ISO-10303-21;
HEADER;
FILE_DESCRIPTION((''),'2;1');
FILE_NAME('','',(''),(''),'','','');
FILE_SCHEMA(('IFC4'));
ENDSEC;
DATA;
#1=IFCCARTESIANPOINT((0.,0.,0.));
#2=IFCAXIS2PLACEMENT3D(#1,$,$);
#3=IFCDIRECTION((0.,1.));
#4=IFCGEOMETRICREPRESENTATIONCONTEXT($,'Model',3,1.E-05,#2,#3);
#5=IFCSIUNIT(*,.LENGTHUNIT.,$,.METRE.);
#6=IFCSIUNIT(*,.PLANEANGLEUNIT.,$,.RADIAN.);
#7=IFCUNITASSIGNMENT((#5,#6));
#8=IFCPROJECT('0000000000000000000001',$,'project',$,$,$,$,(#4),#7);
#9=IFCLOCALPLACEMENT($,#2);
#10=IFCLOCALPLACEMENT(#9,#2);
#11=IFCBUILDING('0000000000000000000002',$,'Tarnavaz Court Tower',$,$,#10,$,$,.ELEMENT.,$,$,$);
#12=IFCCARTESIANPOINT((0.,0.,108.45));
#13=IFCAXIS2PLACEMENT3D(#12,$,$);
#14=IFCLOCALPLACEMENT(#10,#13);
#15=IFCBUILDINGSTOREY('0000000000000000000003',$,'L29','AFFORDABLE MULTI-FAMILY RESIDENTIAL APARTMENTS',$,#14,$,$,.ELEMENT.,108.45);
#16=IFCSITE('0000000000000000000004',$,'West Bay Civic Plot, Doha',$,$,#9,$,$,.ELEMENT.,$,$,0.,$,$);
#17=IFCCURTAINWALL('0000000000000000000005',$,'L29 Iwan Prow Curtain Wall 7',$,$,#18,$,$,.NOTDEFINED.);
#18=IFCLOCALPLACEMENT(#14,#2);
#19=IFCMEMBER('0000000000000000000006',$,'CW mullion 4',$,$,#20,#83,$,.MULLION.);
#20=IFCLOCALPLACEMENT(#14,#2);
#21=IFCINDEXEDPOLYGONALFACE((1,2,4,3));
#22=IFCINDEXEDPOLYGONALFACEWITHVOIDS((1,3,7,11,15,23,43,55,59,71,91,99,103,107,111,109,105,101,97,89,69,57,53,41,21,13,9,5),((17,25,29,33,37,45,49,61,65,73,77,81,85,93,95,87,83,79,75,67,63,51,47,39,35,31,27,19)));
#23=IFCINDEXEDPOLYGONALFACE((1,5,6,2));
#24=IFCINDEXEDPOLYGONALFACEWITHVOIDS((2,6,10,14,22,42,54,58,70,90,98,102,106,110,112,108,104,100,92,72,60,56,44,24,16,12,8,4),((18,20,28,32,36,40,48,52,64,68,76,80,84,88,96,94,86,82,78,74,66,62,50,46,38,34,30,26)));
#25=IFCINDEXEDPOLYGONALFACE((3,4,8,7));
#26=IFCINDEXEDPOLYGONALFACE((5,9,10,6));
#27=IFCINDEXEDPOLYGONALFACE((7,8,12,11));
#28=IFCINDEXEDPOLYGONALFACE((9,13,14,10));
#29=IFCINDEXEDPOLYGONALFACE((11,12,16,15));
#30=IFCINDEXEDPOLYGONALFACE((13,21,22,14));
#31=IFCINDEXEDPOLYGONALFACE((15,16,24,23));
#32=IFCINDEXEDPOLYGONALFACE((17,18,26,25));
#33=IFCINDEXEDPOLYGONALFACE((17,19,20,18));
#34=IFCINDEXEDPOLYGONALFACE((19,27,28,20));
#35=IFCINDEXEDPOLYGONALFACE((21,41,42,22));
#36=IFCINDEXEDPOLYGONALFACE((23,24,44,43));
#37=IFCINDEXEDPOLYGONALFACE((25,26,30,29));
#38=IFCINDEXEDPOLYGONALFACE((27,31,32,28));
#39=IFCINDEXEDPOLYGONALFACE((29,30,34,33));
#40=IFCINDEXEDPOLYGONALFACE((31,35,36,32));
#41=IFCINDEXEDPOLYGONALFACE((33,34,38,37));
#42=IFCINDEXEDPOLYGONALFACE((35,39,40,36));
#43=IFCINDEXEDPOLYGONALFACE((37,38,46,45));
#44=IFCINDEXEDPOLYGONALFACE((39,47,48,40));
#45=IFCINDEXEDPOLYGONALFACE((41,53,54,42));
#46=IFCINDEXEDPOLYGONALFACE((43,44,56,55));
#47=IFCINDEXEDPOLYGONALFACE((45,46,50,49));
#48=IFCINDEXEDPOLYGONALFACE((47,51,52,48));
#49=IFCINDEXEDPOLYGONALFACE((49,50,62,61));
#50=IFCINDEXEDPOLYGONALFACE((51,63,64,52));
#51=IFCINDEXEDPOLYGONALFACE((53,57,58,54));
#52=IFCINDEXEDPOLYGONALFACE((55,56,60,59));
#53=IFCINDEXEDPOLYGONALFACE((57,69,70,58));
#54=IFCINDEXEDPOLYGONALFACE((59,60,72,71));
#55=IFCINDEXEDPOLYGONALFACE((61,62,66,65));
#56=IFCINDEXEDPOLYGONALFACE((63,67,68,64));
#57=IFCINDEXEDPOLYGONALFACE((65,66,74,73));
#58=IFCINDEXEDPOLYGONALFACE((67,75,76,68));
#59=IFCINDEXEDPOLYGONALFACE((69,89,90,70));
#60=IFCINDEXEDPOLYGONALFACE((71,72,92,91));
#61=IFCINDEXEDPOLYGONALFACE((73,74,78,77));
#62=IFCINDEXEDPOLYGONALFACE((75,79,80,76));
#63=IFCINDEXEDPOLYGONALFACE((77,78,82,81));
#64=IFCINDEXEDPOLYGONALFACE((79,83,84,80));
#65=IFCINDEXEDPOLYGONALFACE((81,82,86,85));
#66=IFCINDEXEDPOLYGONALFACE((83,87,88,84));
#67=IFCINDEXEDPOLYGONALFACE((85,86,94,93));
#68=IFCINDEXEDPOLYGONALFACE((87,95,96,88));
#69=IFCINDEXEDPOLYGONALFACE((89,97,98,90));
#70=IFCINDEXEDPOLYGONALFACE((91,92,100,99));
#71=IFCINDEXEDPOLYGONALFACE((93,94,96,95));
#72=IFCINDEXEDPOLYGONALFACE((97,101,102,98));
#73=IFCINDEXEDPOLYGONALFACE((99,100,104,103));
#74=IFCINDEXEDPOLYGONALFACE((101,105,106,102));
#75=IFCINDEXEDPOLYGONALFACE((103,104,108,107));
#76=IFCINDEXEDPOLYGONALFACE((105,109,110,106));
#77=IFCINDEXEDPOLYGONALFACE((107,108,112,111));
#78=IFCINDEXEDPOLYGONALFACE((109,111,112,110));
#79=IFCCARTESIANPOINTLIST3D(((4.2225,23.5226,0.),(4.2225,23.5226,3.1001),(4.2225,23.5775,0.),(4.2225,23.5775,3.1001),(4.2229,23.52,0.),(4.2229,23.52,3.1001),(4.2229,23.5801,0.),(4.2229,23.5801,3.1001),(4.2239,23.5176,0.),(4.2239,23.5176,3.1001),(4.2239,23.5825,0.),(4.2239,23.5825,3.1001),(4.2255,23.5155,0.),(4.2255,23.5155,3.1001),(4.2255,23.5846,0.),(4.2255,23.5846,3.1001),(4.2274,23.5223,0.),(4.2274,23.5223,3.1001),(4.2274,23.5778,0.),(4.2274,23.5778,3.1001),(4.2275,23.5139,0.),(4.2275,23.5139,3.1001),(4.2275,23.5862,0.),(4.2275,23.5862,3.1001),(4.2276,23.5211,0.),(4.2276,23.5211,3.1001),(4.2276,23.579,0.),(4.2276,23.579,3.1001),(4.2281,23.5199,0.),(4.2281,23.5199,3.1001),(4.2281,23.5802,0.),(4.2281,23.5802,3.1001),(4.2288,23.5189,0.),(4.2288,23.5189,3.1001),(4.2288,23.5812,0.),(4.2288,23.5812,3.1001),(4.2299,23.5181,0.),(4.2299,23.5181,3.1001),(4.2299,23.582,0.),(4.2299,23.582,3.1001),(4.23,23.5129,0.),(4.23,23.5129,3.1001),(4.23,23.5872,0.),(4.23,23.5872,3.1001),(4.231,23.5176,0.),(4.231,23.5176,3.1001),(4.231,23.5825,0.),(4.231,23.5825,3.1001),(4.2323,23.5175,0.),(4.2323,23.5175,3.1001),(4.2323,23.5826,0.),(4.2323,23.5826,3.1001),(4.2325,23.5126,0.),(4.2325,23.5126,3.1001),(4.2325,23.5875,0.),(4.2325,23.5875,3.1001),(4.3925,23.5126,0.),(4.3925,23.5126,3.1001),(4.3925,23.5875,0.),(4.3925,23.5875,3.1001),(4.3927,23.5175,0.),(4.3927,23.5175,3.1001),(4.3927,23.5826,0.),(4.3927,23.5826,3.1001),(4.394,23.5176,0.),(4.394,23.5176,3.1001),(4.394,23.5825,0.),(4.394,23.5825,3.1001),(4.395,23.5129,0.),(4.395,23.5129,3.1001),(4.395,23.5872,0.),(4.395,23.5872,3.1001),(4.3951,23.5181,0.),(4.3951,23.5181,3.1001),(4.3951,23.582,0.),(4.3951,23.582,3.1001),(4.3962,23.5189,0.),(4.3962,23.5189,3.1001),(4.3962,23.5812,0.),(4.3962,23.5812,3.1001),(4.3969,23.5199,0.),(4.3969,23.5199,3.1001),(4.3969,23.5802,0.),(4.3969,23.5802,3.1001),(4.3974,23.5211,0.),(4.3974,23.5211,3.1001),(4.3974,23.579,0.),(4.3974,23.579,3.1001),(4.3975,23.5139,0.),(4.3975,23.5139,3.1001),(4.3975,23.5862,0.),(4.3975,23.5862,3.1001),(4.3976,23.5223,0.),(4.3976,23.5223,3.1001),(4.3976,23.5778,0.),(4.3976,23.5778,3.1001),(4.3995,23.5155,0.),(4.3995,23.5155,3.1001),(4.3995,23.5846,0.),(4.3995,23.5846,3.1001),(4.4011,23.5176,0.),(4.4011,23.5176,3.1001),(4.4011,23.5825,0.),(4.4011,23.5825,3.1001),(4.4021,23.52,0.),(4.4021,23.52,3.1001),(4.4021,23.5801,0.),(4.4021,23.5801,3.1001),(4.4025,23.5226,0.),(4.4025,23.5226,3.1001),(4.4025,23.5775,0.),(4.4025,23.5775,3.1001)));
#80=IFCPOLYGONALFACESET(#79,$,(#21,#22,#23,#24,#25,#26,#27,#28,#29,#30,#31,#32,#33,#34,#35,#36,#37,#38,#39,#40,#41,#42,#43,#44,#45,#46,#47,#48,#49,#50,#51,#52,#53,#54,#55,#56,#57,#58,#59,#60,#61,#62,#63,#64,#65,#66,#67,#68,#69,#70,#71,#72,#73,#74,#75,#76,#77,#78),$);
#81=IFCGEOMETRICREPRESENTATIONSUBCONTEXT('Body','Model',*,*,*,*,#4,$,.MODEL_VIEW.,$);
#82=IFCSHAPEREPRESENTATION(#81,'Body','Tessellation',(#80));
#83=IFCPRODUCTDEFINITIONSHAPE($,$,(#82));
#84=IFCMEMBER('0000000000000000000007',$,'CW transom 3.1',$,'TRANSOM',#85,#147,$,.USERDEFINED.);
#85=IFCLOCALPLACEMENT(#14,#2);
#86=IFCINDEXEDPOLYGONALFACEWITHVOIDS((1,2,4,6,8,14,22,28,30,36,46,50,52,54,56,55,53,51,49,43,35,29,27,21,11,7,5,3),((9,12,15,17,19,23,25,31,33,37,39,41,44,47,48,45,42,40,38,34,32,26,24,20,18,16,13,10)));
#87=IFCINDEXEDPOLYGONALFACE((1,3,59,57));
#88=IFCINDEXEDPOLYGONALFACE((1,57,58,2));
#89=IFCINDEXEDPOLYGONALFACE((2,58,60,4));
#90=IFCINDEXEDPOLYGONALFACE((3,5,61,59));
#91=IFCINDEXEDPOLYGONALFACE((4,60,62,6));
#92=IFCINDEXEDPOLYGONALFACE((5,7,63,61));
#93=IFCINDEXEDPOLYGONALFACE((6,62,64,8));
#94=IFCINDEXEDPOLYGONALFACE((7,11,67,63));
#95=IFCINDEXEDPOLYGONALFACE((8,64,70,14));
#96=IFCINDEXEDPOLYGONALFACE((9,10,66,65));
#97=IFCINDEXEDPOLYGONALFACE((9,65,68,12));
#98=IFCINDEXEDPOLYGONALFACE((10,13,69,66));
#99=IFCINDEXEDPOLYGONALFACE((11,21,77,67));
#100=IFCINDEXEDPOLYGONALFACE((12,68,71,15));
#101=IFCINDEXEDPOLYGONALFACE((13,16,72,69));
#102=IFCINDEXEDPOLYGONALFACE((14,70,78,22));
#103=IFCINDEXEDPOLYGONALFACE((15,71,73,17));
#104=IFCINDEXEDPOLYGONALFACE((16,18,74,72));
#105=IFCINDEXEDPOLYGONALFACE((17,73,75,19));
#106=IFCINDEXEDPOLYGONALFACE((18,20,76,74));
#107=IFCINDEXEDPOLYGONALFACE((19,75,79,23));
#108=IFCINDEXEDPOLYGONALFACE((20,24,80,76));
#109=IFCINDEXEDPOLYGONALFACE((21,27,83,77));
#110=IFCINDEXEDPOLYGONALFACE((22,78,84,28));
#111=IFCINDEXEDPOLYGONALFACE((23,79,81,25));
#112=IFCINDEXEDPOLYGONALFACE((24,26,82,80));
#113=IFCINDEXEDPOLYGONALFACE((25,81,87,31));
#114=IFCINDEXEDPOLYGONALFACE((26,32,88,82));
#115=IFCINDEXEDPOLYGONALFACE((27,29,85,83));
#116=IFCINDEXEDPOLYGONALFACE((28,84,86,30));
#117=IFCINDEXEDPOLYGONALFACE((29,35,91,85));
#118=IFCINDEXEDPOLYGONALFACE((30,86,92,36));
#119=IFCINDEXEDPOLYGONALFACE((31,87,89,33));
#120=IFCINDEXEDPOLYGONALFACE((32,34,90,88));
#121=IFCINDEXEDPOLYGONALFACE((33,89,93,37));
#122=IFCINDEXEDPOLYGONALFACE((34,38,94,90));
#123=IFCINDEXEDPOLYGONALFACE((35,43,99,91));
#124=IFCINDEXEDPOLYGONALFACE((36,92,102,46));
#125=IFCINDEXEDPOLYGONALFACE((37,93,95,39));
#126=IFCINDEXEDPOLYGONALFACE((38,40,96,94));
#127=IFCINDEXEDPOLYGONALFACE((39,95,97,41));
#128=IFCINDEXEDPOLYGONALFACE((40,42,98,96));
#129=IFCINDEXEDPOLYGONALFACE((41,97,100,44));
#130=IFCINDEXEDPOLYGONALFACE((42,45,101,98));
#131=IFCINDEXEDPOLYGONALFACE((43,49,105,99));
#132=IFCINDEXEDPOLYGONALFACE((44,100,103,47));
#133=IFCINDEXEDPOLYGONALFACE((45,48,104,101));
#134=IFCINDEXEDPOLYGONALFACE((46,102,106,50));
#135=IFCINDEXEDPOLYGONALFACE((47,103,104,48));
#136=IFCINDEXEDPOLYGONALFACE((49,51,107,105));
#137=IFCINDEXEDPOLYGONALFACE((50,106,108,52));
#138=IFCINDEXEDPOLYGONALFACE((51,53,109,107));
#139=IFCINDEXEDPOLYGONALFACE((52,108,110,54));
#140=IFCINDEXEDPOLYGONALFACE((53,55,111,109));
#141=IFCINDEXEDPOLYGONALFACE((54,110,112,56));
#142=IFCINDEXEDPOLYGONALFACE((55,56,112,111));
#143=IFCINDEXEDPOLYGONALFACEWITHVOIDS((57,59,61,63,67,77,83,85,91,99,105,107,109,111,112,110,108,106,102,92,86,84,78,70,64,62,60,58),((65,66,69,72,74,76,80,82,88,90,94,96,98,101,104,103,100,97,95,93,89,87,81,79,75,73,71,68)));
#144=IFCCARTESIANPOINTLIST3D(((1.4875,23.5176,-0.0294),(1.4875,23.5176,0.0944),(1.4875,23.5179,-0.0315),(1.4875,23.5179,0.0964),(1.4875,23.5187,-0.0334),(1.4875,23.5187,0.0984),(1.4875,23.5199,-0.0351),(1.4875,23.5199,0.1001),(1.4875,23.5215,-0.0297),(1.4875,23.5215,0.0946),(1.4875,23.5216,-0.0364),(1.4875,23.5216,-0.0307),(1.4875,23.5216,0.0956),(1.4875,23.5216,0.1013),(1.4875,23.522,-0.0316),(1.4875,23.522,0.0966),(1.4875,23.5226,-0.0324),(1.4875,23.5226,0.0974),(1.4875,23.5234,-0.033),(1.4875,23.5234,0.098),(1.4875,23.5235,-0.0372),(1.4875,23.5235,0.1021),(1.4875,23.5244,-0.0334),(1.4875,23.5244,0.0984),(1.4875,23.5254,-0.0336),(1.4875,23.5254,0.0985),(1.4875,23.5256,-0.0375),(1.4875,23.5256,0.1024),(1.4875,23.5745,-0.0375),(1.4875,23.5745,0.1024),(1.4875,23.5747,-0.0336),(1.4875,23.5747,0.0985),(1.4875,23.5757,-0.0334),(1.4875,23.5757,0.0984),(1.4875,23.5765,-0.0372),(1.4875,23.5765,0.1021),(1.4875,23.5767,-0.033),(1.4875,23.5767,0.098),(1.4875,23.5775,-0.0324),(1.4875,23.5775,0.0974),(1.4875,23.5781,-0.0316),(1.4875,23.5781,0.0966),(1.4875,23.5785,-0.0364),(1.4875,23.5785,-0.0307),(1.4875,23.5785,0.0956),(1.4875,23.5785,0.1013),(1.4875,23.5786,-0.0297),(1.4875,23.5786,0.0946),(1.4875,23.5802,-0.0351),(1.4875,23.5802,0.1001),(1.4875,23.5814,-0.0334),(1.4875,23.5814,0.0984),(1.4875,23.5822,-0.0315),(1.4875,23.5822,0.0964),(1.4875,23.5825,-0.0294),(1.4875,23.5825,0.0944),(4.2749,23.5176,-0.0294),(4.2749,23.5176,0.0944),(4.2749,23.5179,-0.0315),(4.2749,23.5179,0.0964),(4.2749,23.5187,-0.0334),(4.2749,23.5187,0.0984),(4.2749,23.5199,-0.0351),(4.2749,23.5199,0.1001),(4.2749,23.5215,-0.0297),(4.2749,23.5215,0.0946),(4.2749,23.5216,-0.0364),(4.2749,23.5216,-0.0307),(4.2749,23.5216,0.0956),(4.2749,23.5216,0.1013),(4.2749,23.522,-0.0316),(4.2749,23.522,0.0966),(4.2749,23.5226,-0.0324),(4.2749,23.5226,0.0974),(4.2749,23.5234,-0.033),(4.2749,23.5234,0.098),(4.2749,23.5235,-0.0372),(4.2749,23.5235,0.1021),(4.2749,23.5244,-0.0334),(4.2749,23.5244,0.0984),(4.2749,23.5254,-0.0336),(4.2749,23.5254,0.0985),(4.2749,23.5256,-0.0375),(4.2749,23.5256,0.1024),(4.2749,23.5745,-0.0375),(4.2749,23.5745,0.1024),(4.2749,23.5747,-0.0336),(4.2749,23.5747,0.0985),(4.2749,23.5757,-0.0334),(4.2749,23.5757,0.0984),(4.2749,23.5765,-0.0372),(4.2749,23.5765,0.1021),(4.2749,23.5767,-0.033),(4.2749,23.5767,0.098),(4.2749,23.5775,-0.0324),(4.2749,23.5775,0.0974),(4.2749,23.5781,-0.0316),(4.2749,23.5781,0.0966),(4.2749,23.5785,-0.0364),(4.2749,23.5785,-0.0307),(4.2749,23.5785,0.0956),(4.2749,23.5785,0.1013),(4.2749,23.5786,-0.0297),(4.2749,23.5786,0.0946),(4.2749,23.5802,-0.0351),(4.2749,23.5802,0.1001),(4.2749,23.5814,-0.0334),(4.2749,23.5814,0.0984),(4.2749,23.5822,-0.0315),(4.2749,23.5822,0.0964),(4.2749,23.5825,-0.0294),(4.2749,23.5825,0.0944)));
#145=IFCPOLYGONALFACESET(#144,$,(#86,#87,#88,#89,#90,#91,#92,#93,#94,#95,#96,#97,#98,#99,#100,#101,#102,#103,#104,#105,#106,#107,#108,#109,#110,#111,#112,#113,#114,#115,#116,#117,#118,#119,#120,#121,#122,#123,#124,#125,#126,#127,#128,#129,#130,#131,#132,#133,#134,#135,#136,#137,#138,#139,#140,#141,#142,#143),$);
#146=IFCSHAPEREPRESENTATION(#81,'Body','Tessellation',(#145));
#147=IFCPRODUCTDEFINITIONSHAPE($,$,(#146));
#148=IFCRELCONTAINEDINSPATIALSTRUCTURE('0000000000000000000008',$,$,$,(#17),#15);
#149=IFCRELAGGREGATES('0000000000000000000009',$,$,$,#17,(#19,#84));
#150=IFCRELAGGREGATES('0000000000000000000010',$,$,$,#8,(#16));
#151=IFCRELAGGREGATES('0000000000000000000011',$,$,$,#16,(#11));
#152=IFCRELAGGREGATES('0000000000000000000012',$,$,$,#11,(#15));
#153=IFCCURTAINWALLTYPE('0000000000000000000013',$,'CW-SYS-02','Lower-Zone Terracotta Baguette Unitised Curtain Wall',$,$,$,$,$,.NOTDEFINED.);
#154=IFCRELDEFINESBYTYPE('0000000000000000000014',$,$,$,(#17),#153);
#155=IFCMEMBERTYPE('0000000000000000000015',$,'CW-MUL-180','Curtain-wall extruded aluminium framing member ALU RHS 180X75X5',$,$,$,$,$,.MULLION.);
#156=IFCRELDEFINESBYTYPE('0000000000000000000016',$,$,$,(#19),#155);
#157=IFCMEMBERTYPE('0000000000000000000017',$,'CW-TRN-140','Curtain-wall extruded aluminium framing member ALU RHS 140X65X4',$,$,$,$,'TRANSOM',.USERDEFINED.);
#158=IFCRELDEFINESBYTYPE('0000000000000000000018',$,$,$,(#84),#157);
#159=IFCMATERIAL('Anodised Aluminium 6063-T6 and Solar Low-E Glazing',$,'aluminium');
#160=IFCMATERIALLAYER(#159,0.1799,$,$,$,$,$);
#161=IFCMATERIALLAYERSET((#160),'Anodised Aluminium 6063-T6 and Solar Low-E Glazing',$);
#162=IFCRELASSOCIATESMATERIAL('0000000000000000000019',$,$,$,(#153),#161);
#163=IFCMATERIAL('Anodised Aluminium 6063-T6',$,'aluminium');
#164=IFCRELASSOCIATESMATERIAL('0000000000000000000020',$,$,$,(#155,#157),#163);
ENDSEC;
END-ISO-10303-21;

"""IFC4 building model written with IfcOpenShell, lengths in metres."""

from ifc_helpers import new_model, si_unit, direction, frame, origin, origin_2d, place, context, subcontext, project, spatial, hollow_rectangle, extrude, material, layer, layer_set, material_profile, profile_set, type_object, element, aggregate, save


model = new_model("IFC4")

# Units and contexts
model_context = context("Model", 3, precision=1e-05, world=origin(), true_north=direction((0.0, 1.0)))
body_context = subcontext(model_context, "Body", "Model", "MODEL_VIEW")
ifc_project = project(units=[si_unit("LENGTHUNIT", "METRE"), si_unit("PLANEANGLEUNIT", "RADIAN")], contexts=[model_context])

# Site, building, storey
site_placement = place(None, origin())
site = spatial("IfcSite", under=ifc_project, at=site_placement, Name="West Bay Civic Plot, Doha", CompositionType="ELEMENT", RefElevation=0.0)
building_placement = place(site_placement, origin())
building = spatial("IfcBuilding", under=site, at=building_placement, Name="Tarnavaz Court Tower", CompositionType="ELEMENT")
storey_placement = place(building_placement, frame((0.0, 0.0, 108.45)))
storey = spatial("IfcBuildingStorey", under=building, at=storey_placement, Name="L29", Description="AFFORDABLE MULTI-FAMILY RESIDENTIAL APARTMENTS", CompositionType="ELEMENT", Elevation=108.45)

# Curtain wall, members
ifc_material_1 = material(Name="Anodised Aluminium 6063-T6 and Solar Low-E Glazing", Category="aluminium")
ifc_layer_1 = layer(ifc_material_1, 0.1799)
ifc_layer_set_1 = layer_set([ifc_layer_1], Name="Anodised Aluminium 6063-T6 and Solar Low-E Glazing")
curtain_wall_type = type_object("IfcCurtainWallType", Name="CW-SYS-02", Description="Lower-Zone Terracotta Baguette Unitised Curtain Wall", PredefinedType="NOTDEFINED", material=ifc_layer_set_1)
curtain_wall_placement = place(storey_placement, origin())
curtain_wall = element("IfcCurtainWall", 1, at=curtain_wall_placement, inside=storey, type_object=curtain_wall_type, Name="L29 Iwan Prow Curtain Wall 7", PredefinedType="NOTDEFINED")
ifc_material_2 = material(Name="Anodised Aluminium 6063-T6", Category="aluminium")
ifc_material_profile_1 = material_profile(ifc_material_2, hollow_rectangle(XDim=0.075, YDim=0.1799, WallThickness=0.0049, InnerFilletRadius=0.0049, OuterFilletRadius=0.01, at=origin_2d()), Name="ALU RHS 180X75X5")
ifc_profile_set_1 = profile_set([ifc_material_profile_1], Name="Anodised Aluminium 6063-T6")
member_type_1 = type_object("IfcMemberType", Name="CW-MUL-180", Description="Curtain-wall extruded aluminium framing member ALU RHS 180X75X5", PredefinedType="MULLION", material=ifc_profile_set_1)
member_1_placement = place(storey_placement, frame((4.3125, 23.55, 0.0), z_axis=(0.0, 0.0, 1.0), x_axis=(0.0, 1.0, 0.0)))
member_1 = element("IfcMember", 2, at=member_1_placement, type_object=member_type_1, Name="CW mullion 4", PredefinedType="MULLION", context=body_context, shape_type="SweptSolid", body=[
    extrude(hollow_rectangle(XDim=0.075, YDim=0.1799, WallThickness=0.0049, InnerFilletRadius=0.0049, OuterFilletRadius=0.01, at=origin_2d()), origin(), (0.0, 0.0, 1.0), 3.1001),
])
ifc_material_profile_2 = material_profile(ifc_material_2, hollow_rectangle(XDim=0.0649, YDim=0.1399, WallThickness=0.0039, InnerFilletRadius=0.0039, OuterFilletRadius=0.0081, at=origin_2d()), Name="ALU RHS 140X65X4")
ifc_profile_set_2 = profile_set([ifc_material_profile_2], Name="Anodised Aluminium 6063-T6")
member_type_2 = type_object("IfcMemberType", Name="CW-TRN-140", Description="Curtain-wall extruded aluminium framing member ALU RHS 140X65X4", ElementType="TRANSOM", PredefinedType="USERDEFINED", material=ifc_profile_set_2)
member_2_placement = place(storey_placement, frame((1.4875, 23.55, 0.0325), z_axis=(1.0, 0.0, 0.0), x_axis=(0.0, 1.0, 0.0)))
member_2 = element("IfcMember", 3, at=member_2_placement, type_object=member_type_2, Name="CW transom 3.1", ObjectType="TRANSOM", PredefinedType="USERDEFINED", context=body_context, shape_type="SweptSolid", body=[
    extrude(hollow_rectangle(XDim=0.0649, YDim=0.1399, WallThickness=0.0039, InnerFilletRadius=0.0039, OuterFilletRadius=0.0081, at=origin_2d()), origin(), (0.0, 0.0, 1.0), 2.7874),
])
aggregate(curtain_wall, [member_1, member_2])

save(model, "model.ifc")
